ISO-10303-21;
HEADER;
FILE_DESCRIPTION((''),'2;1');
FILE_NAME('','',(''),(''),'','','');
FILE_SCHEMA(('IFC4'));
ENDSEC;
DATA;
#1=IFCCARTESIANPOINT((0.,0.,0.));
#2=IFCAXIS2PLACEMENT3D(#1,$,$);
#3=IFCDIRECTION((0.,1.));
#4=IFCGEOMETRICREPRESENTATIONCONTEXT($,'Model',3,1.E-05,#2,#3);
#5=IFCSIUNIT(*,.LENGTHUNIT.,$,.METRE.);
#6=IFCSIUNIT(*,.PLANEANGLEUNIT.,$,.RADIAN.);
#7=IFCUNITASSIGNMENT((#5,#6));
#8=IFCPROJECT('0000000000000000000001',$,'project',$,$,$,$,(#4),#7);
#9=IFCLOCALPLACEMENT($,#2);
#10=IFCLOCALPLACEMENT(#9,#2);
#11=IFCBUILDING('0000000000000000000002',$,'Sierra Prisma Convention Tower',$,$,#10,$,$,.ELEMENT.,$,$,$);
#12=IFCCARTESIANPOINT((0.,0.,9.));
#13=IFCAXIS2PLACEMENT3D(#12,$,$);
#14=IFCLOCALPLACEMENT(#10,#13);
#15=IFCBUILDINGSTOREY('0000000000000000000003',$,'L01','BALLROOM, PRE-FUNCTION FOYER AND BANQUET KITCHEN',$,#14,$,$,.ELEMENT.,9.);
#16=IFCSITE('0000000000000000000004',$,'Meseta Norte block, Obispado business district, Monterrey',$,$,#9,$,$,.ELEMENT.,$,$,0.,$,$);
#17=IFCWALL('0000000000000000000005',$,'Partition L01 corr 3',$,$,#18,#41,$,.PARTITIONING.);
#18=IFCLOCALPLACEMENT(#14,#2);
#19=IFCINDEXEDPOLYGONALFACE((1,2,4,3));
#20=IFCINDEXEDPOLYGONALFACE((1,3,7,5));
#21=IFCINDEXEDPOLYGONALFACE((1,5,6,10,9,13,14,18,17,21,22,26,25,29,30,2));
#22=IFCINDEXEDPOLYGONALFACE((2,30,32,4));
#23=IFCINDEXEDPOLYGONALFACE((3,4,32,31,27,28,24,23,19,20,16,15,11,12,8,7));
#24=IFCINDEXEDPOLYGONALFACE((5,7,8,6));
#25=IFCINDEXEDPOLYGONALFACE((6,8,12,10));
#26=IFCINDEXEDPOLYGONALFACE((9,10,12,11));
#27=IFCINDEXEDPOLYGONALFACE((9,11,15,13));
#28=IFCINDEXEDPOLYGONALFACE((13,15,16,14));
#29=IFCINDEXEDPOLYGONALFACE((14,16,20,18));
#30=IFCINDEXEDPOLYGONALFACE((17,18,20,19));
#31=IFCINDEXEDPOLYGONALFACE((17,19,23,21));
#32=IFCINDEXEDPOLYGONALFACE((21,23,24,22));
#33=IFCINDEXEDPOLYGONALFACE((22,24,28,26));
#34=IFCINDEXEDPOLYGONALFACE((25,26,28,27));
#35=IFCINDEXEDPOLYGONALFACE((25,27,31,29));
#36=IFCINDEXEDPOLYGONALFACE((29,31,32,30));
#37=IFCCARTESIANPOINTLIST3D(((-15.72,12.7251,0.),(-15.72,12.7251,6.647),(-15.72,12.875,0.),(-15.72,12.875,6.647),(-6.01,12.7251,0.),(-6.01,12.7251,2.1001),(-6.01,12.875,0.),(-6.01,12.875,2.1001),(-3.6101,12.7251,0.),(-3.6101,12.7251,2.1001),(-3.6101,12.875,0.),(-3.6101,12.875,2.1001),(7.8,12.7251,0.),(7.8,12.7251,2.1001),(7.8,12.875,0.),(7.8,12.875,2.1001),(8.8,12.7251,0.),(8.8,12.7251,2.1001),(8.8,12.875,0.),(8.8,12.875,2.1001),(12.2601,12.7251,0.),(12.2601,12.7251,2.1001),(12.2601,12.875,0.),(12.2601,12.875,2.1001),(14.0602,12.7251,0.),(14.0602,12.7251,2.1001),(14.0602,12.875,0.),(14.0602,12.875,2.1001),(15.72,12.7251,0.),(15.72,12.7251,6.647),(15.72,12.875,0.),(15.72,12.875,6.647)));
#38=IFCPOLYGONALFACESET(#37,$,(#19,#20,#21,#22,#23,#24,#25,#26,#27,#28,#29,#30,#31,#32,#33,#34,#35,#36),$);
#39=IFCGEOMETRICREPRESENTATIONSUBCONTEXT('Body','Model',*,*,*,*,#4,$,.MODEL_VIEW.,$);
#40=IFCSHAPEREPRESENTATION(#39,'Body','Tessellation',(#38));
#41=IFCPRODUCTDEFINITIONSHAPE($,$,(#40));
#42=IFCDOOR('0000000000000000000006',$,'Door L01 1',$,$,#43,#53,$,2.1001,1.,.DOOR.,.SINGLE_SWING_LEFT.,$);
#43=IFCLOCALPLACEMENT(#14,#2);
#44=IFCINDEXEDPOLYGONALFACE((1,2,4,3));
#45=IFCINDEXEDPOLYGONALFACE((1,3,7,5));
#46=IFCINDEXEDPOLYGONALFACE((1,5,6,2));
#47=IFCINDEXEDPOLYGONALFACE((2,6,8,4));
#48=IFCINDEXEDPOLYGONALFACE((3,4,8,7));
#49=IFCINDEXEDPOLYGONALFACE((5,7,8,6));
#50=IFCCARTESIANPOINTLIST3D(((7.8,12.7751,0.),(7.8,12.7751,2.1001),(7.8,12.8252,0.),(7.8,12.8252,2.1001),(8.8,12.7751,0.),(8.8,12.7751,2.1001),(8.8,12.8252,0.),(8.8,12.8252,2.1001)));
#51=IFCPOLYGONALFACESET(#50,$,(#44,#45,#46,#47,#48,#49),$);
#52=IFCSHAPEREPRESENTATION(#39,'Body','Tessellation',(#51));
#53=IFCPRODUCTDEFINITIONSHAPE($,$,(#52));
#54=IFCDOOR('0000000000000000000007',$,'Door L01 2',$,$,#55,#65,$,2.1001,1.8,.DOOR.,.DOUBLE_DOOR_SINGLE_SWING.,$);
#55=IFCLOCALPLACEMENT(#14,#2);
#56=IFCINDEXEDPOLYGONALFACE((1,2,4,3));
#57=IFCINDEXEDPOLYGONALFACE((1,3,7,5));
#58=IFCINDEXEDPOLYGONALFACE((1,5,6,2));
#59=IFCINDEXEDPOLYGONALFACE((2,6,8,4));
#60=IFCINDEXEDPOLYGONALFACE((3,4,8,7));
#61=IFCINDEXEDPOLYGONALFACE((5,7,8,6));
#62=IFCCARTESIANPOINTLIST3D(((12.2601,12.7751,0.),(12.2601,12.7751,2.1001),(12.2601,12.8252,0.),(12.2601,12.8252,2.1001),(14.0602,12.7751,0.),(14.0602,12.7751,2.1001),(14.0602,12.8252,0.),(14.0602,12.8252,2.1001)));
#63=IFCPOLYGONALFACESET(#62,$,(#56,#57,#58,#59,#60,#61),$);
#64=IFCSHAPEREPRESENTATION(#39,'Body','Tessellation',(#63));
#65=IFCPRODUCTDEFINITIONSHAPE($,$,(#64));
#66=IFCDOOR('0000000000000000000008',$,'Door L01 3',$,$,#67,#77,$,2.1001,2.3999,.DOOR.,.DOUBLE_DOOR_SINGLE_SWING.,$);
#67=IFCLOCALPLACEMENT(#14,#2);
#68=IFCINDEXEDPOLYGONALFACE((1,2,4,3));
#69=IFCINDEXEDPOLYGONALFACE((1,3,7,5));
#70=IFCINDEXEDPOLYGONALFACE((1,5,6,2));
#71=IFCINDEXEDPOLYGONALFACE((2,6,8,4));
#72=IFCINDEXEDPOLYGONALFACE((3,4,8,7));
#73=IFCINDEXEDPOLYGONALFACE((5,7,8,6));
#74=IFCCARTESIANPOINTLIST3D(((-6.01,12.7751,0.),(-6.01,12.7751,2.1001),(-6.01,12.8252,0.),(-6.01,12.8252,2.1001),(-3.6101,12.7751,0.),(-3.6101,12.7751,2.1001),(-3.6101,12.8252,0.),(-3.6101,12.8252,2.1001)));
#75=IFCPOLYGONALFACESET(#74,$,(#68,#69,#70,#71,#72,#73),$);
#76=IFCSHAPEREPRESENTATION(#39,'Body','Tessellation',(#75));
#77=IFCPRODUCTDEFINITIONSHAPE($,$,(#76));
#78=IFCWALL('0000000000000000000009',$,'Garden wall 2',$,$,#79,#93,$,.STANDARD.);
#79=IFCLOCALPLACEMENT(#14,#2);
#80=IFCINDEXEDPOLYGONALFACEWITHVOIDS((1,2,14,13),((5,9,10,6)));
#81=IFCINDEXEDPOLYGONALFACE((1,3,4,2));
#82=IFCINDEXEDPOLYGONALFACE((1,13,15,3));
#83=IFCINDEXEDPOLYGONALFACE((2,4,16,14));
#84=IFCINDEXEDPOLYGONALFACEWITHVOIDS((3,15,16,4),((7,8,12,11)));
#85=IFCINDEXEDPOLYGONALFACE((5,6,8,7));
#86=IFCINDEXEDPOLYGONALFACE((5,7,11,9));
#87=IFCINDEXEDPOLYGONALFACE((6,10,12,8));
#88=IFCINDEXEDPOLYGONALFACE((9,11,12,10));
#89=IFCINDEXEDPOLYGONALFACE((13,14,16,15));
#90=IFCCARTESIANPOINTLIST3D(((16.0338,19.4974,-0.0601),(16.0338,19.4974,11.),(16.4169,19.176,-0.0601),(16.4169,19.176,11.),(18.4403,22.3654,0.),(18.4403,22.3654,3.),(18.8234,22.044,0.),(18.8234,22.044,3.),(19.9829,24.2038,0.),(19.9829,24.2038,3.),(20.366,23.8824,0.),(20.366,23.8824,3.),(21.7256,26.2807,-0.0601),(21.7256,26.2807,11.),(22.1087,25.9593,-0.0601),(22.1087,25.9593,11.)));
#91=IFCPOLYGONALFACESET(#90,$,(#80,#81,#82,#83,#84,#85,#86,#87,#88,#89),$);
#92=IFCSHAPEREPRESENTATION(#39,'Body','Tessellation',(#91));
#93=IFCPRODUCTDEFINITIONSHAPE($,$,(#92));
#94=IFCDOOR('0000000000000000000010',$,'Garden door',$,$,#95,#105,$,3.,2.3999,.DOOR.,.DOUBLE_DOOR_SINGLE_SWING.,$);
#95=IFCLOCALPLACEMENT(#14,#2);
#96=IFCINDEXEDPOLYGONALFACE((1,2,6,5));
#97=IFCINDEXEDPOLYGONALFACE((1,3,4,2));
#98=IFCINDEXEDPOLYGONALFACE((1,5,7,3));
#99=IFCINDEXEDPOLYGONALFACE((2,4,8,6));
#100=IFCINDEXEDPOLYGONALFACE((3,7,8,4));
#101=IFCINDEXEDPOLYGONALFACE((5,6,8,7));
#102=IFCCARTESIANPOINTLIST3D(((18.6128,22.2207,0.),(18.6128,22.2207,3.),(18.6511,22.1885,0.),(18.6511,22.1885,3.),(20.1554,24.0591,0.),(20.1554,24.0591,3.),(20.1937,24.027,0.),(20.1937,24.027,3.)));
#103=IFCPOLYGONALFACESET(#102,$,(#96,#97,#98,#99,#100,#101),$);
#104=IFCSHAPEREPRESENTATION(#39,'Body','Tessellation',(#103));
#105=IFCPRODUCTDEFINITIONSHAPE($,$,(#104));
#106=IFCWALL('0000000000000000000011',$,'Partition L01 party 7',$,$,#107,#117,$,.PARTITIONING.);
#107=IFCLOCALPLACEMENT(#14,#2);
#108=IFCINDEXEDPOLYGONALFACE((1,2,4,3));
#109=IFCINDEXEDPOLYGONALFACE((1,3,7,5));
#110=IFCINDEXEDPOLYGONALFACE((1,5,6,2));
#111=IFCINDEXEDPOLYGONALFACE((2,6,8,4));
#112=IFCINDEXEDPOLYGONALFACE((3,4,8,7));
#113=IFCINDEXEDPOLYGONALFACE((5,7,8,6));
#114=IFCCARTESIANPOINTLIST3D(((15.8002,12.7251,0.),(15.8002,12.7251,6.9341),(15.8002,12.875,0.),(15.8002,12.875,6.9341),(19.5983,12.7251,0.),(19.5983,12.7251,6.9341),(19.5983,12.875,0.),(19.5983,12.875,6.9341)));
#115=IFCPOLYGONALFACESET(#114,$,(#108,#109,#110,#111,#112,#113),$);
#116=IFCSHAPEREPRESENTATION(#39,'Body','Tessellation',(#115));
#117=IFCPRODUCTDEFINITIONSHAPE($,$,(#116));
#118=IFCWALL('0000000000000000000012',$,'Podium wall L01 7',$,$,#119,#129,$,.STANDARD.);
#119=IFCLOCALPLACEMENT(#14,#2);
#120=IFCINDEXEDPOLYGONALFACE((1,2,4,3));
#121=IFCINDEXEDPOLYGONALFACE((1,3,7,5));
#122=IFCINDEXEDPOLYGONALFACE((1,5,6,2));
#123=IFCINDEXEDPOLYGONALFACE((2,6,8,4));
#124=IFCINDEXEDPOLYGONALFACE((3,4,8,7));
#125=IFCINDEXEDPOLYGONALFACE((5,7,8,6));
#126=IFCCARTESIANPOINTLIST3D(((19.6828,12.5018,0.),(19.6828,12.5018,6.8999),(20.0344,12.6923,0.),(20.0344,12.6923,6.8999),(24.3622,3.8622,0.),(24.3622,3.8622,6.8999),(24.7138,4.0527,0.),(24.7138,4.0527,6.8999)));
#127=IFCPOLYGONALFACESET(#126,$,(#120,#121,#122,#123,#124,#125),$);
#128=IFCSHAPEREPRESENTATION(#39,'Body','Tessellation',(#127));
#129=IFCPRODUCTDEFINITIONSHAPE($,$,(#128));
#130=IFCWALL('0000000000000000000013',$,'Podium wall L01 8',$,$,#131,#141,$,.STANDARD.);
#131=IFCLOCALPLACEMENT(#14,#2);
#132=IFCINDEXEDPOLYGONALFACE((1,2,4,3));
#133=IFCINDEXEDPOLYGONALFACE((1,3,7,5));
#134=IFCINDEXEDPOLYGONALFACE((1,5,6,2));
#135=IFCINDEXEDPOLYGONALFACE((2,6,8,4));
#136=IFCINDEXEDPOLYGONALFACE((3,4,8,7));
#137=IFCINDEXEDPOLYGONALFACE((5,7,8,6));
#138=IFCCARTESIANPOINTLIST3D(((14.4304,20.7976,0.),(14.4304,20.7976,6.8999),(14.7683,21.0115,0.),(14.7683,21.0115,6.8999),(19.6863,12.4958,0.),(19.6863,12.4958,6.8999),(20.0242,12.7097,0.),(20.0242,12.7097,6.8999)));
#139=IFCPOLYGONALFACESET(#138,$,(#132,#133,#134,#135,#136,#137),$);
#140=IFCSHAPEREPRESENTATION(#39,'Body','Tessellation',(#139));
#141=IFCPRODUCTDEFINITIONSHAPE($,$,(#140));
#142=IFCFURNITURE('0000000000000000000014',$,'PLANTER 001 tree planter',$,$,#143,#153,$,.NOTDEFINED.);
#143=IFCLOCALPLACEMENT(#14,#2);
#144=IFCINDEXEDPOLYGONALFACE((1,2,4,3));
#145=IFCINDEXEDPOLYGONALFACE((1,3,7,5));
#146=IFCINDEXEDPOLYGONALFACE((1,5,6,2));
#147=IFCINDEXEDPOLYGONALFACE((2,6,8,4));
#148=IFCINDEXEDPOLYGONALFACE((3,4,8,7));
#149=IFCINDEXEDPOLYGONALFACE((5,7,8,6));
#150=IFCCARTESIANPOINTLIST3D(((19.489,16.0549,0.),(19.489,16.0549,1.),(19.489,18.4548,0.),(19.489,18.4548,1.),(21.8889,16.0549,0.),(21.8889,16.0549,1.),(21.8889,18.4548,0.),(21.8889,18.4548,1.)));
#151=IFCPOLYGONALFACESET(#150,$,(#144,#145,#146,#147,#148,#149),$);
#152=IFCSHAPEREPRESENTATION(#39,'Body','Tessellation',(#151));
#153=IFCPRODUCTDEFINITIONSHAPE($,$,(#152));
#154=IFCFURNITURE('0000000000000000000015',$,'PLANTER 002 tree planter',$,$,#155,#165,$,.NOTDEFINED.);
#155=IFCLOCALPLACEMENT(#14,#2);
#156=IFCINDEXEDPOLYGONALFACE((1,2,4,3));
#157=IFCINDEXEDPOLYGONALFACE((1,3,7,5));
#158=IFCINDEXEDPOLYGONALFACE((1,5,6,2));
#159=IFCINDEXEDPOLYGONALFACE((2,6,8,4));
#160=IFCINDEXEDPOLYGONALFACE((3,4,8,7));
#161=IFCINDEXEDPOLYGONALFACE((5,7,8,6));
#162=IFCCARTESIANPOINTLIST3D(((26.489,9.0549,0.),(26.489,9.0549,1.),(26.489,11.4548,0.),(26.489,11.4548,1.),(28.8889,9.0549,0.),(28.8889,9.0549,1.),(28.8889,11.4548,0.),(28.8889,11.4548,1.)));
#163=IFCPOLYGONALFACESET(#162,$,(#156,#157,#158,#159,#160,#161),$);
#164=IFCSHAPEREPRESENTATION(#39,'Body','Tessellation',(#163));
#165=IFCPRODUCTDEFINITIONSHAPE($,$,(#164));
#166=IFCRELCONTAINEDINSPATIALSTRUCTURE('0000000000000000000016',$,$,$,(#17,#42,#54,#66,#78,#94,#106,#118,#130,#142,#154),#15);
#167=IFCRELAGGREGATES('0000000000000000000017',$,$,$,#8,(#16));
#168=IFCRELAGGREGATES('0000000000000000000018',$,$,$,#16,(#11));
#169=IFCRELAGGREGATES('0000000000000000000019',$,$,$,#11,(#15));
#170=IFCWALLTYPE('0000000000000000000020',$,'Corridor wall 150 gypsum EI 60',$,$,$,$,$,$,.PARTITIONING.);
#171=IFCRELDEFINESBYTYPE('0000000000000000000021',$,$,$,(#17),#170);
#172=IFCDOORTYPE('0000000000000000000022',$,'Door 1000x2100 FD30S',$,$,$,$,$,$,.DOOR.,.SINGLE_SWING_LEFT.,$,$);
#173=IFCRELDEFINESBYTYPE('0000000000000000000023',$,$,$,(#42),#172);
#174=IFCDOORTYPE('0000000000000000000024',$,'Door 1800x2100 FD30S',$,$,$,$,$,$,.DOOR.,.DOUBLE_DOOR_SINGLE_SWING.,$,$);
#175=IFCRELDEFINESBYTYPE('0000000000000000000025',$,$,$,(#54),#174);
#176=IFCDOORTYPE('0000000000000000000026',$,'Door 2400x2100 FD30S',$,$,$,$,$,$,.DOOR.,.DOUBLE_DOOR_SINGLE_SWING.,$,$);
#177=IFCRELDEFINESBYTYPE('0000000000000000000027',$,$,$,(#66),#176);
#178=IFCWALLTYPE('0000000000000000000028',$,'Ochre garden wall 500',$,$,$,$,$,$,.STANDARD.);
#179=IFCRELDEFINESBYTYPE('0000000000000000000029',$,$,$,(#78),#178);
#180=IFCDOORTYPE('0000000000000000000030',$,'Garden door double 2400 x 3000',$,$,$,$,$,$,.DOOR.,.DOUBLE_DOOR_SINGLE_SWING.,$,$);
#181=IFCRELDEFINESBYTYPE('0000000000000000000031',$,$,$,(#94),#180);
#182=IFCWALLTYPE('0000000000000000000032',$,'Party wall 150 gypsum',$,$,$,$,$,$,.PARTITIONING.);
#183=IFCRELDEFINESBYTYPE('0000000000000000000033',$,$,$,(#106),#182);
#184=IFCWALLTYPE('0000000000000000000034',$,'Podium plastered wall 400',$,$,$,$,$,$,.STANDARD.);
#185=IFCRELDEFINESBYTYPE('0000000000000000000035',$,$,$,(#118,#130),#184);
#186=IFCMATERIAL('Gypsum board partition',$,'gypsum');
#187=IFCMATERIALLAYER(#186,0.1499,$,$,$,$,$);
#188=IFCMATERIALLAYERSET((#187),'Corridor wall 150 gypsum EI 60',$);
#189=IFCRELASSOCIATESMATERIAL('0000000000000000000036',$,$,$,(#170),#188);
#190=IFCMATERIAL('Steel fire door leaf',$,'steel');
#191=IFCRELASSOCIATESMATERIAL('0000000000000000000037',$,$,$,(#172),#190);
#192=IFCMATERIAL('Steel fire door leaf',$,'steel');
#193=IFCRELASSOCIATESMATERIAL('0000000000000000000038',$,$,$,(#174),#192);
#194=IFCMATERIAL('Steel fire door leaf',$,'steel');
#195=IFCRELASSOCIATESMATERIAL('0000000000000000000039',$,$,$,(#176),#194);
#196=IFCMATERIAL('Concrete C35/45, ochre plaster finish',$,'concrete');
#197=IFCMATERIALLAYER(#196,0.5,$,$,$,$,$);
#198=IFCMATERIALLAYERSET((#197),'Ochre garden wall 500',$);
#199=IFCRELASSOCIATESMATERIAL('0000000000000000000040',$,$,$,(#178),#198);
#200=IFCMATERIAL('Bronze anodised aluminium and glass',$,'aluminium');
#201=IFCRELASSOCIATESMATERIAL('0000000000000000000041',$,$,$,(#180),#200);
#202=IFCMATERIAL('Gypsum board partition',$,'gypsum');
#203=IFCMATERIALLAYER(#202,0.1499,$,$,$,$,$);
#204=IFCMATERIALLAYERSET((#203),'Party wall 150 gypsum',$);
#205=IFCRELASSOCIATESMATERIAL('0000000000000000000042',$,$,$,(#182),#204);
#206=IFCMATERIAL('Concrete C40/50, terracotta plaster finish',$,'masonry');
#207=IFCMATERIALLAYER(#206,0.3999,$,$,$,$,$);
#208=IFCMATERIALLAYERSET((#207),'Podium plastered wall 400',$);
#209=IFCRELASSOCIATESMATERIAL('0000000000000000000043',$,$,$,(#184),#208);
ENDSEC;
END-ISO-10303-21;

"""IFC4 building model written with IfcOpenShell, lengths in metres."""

from ifc_helpers import new_model, si_unit, direction, frame, frame_2d, origin, origin_2d, place, context, subcontext, project, spatial, rectangle, extrude, material, layer, layer_set, type_object, element, fill, save


model = new_model("IFC4")

# Units and contexts
model_context = context("Model", 3, precision=1e-05, world=origin(), true_north=direction((0.0, 1.0)))
body_context = subcontext(model_context, "Body", "Model", "MODEL_VIEW")
ifc_project = project(units=[si_unit("LENGTHUNIT", "METRE"), si_unit("PLANEANGLEUNIT", "RADIAN")], contexts=[model_context])

# Site, building, storey
site_placement = place(None, origin())
site = spatial("IfcSite", under=ifc_project, at=site_placement, Name="Meseta Norte block, Obispado business district, Monterrey", CompositionType="ELEMENT", RefElevation=0.0)
building_placement = place(site_placement, origin())
building = spatial("IfcBuilding", under=site, at=building_placement, Name="Sierra Prisma Convention Tower", CompositionType="ELEMENT")
storey_placement = place(building_placement, frame((0.0, 0.0, 9.0)))
storey = spatial("IfcBuildingStorey", under=building, at=storey_placement, Name="L01", Description="BALLROOM, PRE-FUNCTION FOYER AND BANQUET KITCHEN", CompositionType="ELEMENT", Elevation=9.0)

# Wall, openings, doors
ifc_material_1 = material(Name="Gypsum board partition", Category="gypsum")
ifc_layer_1 = layer(ifc_material_1, 0.1499)
ifc_layer_set_1 = layer_set([ifc_layer_1], Name="Corridor wall 150 gypsum EI 60")
wall_type_1 = type_object("IfcWallType", Name="Corridor wall 150 gypsum EI 60", PredefinedType="PARTITIONING", material=ifc_layer_set_1)
wall_1_placement = place(storey_placement, frame((15.72, 12.8, 0.0), z_axis=(0.0, 0.0, 1.0), x_axis=(-1.0, 0.0, 0.0)))
wall_1 = element("IfcWall", 1, at=wall_1_placement, inside=storey, type_object=wall_type_1, Name="Partition L01 corr 3", PredefinedType="PARTITIONING", context=body_context, shape_type="SweptSolid", body=[
    extrude(rectangle(XDim=31.4399, YDim=0.1499, at=frame_2d((15.72, 0.0))), origin(), (0.0, 0.0, 1.0), 6.647),
])
opening_1_placement = place(wall_1_placement, frame((6.9199, 0.0, 0.0)))
opening_1 = element("IfcOpeningElement", 2, at=opening_1_placement, cuts=wall_1, PredefinedType="OPENING", context=body_context, shape_type="SweptSolid", body=[
    extrude(rectangle(XDim=1.0, YDim=2.1001, at=frame_2d((0.5, 1.05))), frame((0.0, 0.075, 0.0), z_axis=(0.0, -1.0, 0.0), x_axis=(1.0, 0.0, 0.0)), (0.0, 0.0, 1.0), 0.1499),
])
opening_2_placement = place(wall_1_placement, frame((1.6599, 0.0, 0.0)))
opening_2 = element("IfcOpeningElement", 3, at=opening_2_placement, cuts=wall_1, PredefinedType="OPENING", context=body_context, shape_type="SweptSolid", body=[
    extrude(rectangle(XDim=1.8, YDim=2.1001, at=frame_2d((0.8999, 1.05))), frame((0.0, 0.075, 0.0), z_axis=(0.0, -1.0, 0.0), x_axis=(1.0, 0.0, 0.0)), (0.0, 0.0, 1.0), 0.1499),
])
opening_3_placement = place(wall_1_placement, frame((19.3301, 0.0, 0.0)))
opening_3 = element("IfcOpeningElement", 4, at=opening_3_placement, cuts=wall_1, PredefinedType="OPENING", context=body_context, shape_type="SweptSolid", body=[
    extrude(rectangle(XDim=2.3999, YDim=2.1001, at=frame_2d((1.2, 1.05))), frame((0.0, 0.075, 0.0), z_axis=(0.0, -1.0, 0.0), x_axis=(1.0, 0.0, 0.0)), (0.0, 0.0, 1.0), 0.1499),
])
ifc_material_2 = material(Name="Steel fire door leaf", Category="steel")
door_type_1 = type_object("IfcDoorType", Name="Door 1000x2100 FD30S", OperationType="SINGLE_SWING_LEFT", PredefinedType="DOOR", material=ifc_material_2)
door_1_placement = place(opening_1_placement, origin())
door_1 = element("IfcDoor", 5, at=door_1_placement, inside=storey, type_object=door_type_1, Name="Door L01 1", OperationType="SINGLE_SWING_LEFT", OverallHeight=2.1001, OverallWidth=1.0, PredefinedType="DOOR", context=body_context, shape_type="SweptSolid", body=[
    extrude(rectangle(XDim=1.0, YDim=2.1001, at=frame_2d((0.5, 1.05))), frame((0.0, 0.0249, 0.0), z_axis=(0.0, -1.0, 0.0), x_axis=(1.0, 0.0, 0.0)), (0.0, 0.0, 1.0), 0.05),
])
fill(opening_1, door_1)
ifc_material_3 = material(Name="Steel fire door leaf", Category="steel")
door_type_2 = type_object("IfcDoorType", Name="Door 1800x2100 FD30S", OperationType="DOUBLE_DOOR_SINGLE_SWING", PredefinedType="DOOR", material=ifc_material_3)
door_2_placement = place(opening_2_placement, origin())
door_2 = element("IfcDoor", 6, at=door_2_placement, inside=storey, type_object=door_type_2, Name="Door L01 2", OperationType="DOUBLE_DOOR_SINGLE_SWING", OverallHeight=2.1001, OverallWidth=1.8, PredefinedType="DOOR", context=body_context, shape_type="SweptSolid", body=[
    extrude(rectangle(XDim=1.8, YDim=2.1001, at=frame_2d((0.8999, 1.05))), frame((0.0, 0.0249, 0.0), z_axis=(0.0, -1.0, 0.0), x_axis=(1.0, 0.0, 0.0)), (0.0, 0.0, 1.0), 0.05),
])
fill(opening_2, door_2)
ifc_material_4 = material(Name="Steel fire door leaf", Category="steel")
door_type_3 = type_object("IfcDoorType", Name="Door 2400x2100 FD30S", OperationType="DOUBLE_DOOR_SINGLE_SWING", PredefinedType="DOOR", material=ifc_material_4)
door_3_placement = place(opening_3_placement, origin())
door_3 = element("IfcDoor", 7, at=door_3_placement, inside=storey, type_object=door_type_3, Name="Door L01 3", OperationType="DOUBLE_DOOR_SINGLE_SWING", OverallHeight=2.1001, OverallWidth=2.3999, PredefinedType="DOOR", context=body_context, shape_type="SweptSolid", body=[
    extrude(rectangle(XDim=2.3999, YDim=2.1001, at=frame_2d((1.2, 1.05))), frame((0.0, 0.0249, 0.0), z_axis=(0.0, -1.0, 0.0), x_axis=(1.0, 0.0, 0.0)), (0.0, 0.0, 1.0), 0.05),
])
fill(opening_3, door_3)

# Wall, opening, door
ifc_material_5 = material(Name="Concrete C35/45, ochre plaster finish", Category="concrete")
ifc_layer_2 = layer(ifc_material_5, 0.5)
ifc_layer_set_2 = layer_set([ifc_layer_2], Name="Ochre garden wall 500")
wall_type_2 = type_object("IfcWallType", Name="Ochre garden wall 500", PredefinedType="STANDARD", material=ifc_layer_set_2)
wall_2_placement = place(storey_placement, frame((16.2253, 19.3367, -0.0601), z_axis=(0.0, 0.0, 1.0), x_axis=(0.642781, 0.76605, 0.0)))
wall_2 = element("IfcWall", 8, at=wall_2_placement, inside=storey, type_object=wall_type_2, Name="Garden wall 2", PredefinedType="STANDARD", context=body_context, shape_type="SweptSolid", body=[
    extrude(rectangle(XDim=8.855, YDim=0.5, at=frame_2d((4.4275, 0.0))), origin(), (0.0, 0.0, 1.0), 11.0601),
])
opening_4_placement = place(wall_2_placement, frame((3.7439, 0.0, 0.0601)))
opening_4 = element("IfcOpeningElement", 9, at=opening_4_placement, cuts=wall_2, PredefinedType="OPENING", context=body_context, shape_type="SweptSolid", body=[
    extrude(rectangle(XDim=2.3999, YDim=3.0, at=frame_2d((1.2, 1.5))), frame((0.0, 0.25, 0.0), z_axis=(0.0, -1.0, 0.0), x_axis=(1.0, 0.0, 0.0)), (0.0, 0.0, 1.0), 0.5),
])
ifc_material_6 = material(Name="Bronze anodised aluminium and glass", Category="aluminium")
door_type_4 = type_object("IfcDoorType", Name="Garden door double 2400 x 3000", OperationType="DOUBLE_DOOR_SINGLE_SWING", PredefinedType="DOOR", material=ifc_material_6)
door_4_placement = place(opening_4_placement, origin())
door_4 = element("IfcDoor", 10, at=door_4_placement, inside=storey, type_object=door_type_4, Name="Garden door", OperationType="DOUBLE_DOOR_SINGLE_SWING", OverallHeight=3.0, OverallWidth=2.3999, PredefinedType="DOOR", context=body_context, shape_type="SweptSolid", body=[
    extrude(rectangle(XDim=2.3999, YDim=3.0, at=frame_2d((1.2, 1.5))), frame((0.0, 0.0249, 0.0), z_axis=(0.0, -1.0, 0.0), x_axis=(1.0, 0.0, 0.0)), (0.0, 0.0, 1.0), 0.05),
])
fill(opening_4, door_4)

# Walls
ifc_material_7 = material(Name="Gypsum board partition", Category="gypsum")
ifc_layer_3 = layer(ifc_material_7, 0.1499)
ifc_layer_set_3 = layer_set([ifc_layer_3], Name="Party wall 150 gypsum")
wall_type_3 = type_object("IfcWallType", Name="Party wall 150 gypsum", PredefinedType="PARTITIONING", material=ifc_layer_set_3)
wall_3_placement = place(storey_placement, frame((19.5981, 12.8, 0.0), z_axis=(0.0, 0.0, 1.0), x_axis=(-1.0, 0.0, 0.0)))
element("IfcWall", 11, at=wall_3_placement, inside=storey, type_object=wall_type_3, Name="Partition L01 party 7", PredefinedType="PARTITIONING", context=body_context, shape_type="SweptSolid", body=[
    extrude(rectangle(XDim=3.7981, YDim=0.1499, at=frame_2d((1.8989, 0.0))), origin(), (0.0, 0.0, 1.0), 6.9341),
])
ifc_material_8 = material(Name="Concrete C40/50, terracotta plaster finish", Category="masonry")
ifc_layer_4 = layer(ifc_material_8, 0.3999)
ifc_layer_set_4 = layer_set([ifc_layer_4], Name="Podium plastered wall 400")
wall_type_4 = type_object("IfcWallType", Name="Podium plastered wall 400", PredefinedType="STANDARD", material=ifc_layer_set_4)
wall_4_placement = place(storey_placement, frame((19.8586, 12.5969, 0.0), z_axis=(0.0, 0.0, 1.0), x_axis=(0.476254, -0.879308, 0.0)))
element("IfcWall", 12, at=wall_4_placement, inside=storey, type_object=wall_type_4, Name="Podium wall L01 7", PredefinedType="STANDARD", context=body_context, shape_type="SweptSolid", body=[
    extrude(rectangle(XDim=9.8254, YDim=0.3999, at=frame_2d((4.9126, 0.0))), origin(), (0.0, 0.0, 1.0), 6.8999),
])
wall_5_placement = place(storey_placement, frame((14.5994, 20.9045, 0.0), z_axis=(0.0, 0.0, 1.0), x_axis=(0.534913, -0.844907, 0.0)))
element("IfcWall", 13, at=wall_5_placement, inside=storey, type_object=wall_type_4, Name="Podium wall L01 8", PredefinedType="STANDARD", context=body_context, shape_type="SweptSolid", body=[
    extrude(rectangle(XDim=9.8257, YDim=0.3999, at=frame_2d((4.9128, 0.0))), origin(), (0.0, 0.0, 1.0), 6.8999),
])

# Furniture
for number, where, z_axis, x_axis, name in (
    (14, (20.689, 17.2549, 0.0), (0.0, 0.0, 1.0), (1.0, 0.0, 0.0), "PLANTER 001 tree planter"),
    (15, (27.689, 10.2549, 0.0), (0.0, 0.0, 1.0), (1.0, 0.0, 0.0), "PLANTER 002 tree planter"),
):
    element("IfcFurniture", number, at=place(storey_placement, frame(where, z_axis=z_axis, x_axis=x_axis)), inside=storey, Name=name, PredefinedType="NOTDEFINED", context=body_context, shape_type="SweptSolid", body=[
        extrude(rectangle(XDim=2.3999, YDim=2.3999, at=origin_2d()), origin(), (0.0, 0.0, 1.0), 1.0),
    ])

save(model, "model.ifc")
